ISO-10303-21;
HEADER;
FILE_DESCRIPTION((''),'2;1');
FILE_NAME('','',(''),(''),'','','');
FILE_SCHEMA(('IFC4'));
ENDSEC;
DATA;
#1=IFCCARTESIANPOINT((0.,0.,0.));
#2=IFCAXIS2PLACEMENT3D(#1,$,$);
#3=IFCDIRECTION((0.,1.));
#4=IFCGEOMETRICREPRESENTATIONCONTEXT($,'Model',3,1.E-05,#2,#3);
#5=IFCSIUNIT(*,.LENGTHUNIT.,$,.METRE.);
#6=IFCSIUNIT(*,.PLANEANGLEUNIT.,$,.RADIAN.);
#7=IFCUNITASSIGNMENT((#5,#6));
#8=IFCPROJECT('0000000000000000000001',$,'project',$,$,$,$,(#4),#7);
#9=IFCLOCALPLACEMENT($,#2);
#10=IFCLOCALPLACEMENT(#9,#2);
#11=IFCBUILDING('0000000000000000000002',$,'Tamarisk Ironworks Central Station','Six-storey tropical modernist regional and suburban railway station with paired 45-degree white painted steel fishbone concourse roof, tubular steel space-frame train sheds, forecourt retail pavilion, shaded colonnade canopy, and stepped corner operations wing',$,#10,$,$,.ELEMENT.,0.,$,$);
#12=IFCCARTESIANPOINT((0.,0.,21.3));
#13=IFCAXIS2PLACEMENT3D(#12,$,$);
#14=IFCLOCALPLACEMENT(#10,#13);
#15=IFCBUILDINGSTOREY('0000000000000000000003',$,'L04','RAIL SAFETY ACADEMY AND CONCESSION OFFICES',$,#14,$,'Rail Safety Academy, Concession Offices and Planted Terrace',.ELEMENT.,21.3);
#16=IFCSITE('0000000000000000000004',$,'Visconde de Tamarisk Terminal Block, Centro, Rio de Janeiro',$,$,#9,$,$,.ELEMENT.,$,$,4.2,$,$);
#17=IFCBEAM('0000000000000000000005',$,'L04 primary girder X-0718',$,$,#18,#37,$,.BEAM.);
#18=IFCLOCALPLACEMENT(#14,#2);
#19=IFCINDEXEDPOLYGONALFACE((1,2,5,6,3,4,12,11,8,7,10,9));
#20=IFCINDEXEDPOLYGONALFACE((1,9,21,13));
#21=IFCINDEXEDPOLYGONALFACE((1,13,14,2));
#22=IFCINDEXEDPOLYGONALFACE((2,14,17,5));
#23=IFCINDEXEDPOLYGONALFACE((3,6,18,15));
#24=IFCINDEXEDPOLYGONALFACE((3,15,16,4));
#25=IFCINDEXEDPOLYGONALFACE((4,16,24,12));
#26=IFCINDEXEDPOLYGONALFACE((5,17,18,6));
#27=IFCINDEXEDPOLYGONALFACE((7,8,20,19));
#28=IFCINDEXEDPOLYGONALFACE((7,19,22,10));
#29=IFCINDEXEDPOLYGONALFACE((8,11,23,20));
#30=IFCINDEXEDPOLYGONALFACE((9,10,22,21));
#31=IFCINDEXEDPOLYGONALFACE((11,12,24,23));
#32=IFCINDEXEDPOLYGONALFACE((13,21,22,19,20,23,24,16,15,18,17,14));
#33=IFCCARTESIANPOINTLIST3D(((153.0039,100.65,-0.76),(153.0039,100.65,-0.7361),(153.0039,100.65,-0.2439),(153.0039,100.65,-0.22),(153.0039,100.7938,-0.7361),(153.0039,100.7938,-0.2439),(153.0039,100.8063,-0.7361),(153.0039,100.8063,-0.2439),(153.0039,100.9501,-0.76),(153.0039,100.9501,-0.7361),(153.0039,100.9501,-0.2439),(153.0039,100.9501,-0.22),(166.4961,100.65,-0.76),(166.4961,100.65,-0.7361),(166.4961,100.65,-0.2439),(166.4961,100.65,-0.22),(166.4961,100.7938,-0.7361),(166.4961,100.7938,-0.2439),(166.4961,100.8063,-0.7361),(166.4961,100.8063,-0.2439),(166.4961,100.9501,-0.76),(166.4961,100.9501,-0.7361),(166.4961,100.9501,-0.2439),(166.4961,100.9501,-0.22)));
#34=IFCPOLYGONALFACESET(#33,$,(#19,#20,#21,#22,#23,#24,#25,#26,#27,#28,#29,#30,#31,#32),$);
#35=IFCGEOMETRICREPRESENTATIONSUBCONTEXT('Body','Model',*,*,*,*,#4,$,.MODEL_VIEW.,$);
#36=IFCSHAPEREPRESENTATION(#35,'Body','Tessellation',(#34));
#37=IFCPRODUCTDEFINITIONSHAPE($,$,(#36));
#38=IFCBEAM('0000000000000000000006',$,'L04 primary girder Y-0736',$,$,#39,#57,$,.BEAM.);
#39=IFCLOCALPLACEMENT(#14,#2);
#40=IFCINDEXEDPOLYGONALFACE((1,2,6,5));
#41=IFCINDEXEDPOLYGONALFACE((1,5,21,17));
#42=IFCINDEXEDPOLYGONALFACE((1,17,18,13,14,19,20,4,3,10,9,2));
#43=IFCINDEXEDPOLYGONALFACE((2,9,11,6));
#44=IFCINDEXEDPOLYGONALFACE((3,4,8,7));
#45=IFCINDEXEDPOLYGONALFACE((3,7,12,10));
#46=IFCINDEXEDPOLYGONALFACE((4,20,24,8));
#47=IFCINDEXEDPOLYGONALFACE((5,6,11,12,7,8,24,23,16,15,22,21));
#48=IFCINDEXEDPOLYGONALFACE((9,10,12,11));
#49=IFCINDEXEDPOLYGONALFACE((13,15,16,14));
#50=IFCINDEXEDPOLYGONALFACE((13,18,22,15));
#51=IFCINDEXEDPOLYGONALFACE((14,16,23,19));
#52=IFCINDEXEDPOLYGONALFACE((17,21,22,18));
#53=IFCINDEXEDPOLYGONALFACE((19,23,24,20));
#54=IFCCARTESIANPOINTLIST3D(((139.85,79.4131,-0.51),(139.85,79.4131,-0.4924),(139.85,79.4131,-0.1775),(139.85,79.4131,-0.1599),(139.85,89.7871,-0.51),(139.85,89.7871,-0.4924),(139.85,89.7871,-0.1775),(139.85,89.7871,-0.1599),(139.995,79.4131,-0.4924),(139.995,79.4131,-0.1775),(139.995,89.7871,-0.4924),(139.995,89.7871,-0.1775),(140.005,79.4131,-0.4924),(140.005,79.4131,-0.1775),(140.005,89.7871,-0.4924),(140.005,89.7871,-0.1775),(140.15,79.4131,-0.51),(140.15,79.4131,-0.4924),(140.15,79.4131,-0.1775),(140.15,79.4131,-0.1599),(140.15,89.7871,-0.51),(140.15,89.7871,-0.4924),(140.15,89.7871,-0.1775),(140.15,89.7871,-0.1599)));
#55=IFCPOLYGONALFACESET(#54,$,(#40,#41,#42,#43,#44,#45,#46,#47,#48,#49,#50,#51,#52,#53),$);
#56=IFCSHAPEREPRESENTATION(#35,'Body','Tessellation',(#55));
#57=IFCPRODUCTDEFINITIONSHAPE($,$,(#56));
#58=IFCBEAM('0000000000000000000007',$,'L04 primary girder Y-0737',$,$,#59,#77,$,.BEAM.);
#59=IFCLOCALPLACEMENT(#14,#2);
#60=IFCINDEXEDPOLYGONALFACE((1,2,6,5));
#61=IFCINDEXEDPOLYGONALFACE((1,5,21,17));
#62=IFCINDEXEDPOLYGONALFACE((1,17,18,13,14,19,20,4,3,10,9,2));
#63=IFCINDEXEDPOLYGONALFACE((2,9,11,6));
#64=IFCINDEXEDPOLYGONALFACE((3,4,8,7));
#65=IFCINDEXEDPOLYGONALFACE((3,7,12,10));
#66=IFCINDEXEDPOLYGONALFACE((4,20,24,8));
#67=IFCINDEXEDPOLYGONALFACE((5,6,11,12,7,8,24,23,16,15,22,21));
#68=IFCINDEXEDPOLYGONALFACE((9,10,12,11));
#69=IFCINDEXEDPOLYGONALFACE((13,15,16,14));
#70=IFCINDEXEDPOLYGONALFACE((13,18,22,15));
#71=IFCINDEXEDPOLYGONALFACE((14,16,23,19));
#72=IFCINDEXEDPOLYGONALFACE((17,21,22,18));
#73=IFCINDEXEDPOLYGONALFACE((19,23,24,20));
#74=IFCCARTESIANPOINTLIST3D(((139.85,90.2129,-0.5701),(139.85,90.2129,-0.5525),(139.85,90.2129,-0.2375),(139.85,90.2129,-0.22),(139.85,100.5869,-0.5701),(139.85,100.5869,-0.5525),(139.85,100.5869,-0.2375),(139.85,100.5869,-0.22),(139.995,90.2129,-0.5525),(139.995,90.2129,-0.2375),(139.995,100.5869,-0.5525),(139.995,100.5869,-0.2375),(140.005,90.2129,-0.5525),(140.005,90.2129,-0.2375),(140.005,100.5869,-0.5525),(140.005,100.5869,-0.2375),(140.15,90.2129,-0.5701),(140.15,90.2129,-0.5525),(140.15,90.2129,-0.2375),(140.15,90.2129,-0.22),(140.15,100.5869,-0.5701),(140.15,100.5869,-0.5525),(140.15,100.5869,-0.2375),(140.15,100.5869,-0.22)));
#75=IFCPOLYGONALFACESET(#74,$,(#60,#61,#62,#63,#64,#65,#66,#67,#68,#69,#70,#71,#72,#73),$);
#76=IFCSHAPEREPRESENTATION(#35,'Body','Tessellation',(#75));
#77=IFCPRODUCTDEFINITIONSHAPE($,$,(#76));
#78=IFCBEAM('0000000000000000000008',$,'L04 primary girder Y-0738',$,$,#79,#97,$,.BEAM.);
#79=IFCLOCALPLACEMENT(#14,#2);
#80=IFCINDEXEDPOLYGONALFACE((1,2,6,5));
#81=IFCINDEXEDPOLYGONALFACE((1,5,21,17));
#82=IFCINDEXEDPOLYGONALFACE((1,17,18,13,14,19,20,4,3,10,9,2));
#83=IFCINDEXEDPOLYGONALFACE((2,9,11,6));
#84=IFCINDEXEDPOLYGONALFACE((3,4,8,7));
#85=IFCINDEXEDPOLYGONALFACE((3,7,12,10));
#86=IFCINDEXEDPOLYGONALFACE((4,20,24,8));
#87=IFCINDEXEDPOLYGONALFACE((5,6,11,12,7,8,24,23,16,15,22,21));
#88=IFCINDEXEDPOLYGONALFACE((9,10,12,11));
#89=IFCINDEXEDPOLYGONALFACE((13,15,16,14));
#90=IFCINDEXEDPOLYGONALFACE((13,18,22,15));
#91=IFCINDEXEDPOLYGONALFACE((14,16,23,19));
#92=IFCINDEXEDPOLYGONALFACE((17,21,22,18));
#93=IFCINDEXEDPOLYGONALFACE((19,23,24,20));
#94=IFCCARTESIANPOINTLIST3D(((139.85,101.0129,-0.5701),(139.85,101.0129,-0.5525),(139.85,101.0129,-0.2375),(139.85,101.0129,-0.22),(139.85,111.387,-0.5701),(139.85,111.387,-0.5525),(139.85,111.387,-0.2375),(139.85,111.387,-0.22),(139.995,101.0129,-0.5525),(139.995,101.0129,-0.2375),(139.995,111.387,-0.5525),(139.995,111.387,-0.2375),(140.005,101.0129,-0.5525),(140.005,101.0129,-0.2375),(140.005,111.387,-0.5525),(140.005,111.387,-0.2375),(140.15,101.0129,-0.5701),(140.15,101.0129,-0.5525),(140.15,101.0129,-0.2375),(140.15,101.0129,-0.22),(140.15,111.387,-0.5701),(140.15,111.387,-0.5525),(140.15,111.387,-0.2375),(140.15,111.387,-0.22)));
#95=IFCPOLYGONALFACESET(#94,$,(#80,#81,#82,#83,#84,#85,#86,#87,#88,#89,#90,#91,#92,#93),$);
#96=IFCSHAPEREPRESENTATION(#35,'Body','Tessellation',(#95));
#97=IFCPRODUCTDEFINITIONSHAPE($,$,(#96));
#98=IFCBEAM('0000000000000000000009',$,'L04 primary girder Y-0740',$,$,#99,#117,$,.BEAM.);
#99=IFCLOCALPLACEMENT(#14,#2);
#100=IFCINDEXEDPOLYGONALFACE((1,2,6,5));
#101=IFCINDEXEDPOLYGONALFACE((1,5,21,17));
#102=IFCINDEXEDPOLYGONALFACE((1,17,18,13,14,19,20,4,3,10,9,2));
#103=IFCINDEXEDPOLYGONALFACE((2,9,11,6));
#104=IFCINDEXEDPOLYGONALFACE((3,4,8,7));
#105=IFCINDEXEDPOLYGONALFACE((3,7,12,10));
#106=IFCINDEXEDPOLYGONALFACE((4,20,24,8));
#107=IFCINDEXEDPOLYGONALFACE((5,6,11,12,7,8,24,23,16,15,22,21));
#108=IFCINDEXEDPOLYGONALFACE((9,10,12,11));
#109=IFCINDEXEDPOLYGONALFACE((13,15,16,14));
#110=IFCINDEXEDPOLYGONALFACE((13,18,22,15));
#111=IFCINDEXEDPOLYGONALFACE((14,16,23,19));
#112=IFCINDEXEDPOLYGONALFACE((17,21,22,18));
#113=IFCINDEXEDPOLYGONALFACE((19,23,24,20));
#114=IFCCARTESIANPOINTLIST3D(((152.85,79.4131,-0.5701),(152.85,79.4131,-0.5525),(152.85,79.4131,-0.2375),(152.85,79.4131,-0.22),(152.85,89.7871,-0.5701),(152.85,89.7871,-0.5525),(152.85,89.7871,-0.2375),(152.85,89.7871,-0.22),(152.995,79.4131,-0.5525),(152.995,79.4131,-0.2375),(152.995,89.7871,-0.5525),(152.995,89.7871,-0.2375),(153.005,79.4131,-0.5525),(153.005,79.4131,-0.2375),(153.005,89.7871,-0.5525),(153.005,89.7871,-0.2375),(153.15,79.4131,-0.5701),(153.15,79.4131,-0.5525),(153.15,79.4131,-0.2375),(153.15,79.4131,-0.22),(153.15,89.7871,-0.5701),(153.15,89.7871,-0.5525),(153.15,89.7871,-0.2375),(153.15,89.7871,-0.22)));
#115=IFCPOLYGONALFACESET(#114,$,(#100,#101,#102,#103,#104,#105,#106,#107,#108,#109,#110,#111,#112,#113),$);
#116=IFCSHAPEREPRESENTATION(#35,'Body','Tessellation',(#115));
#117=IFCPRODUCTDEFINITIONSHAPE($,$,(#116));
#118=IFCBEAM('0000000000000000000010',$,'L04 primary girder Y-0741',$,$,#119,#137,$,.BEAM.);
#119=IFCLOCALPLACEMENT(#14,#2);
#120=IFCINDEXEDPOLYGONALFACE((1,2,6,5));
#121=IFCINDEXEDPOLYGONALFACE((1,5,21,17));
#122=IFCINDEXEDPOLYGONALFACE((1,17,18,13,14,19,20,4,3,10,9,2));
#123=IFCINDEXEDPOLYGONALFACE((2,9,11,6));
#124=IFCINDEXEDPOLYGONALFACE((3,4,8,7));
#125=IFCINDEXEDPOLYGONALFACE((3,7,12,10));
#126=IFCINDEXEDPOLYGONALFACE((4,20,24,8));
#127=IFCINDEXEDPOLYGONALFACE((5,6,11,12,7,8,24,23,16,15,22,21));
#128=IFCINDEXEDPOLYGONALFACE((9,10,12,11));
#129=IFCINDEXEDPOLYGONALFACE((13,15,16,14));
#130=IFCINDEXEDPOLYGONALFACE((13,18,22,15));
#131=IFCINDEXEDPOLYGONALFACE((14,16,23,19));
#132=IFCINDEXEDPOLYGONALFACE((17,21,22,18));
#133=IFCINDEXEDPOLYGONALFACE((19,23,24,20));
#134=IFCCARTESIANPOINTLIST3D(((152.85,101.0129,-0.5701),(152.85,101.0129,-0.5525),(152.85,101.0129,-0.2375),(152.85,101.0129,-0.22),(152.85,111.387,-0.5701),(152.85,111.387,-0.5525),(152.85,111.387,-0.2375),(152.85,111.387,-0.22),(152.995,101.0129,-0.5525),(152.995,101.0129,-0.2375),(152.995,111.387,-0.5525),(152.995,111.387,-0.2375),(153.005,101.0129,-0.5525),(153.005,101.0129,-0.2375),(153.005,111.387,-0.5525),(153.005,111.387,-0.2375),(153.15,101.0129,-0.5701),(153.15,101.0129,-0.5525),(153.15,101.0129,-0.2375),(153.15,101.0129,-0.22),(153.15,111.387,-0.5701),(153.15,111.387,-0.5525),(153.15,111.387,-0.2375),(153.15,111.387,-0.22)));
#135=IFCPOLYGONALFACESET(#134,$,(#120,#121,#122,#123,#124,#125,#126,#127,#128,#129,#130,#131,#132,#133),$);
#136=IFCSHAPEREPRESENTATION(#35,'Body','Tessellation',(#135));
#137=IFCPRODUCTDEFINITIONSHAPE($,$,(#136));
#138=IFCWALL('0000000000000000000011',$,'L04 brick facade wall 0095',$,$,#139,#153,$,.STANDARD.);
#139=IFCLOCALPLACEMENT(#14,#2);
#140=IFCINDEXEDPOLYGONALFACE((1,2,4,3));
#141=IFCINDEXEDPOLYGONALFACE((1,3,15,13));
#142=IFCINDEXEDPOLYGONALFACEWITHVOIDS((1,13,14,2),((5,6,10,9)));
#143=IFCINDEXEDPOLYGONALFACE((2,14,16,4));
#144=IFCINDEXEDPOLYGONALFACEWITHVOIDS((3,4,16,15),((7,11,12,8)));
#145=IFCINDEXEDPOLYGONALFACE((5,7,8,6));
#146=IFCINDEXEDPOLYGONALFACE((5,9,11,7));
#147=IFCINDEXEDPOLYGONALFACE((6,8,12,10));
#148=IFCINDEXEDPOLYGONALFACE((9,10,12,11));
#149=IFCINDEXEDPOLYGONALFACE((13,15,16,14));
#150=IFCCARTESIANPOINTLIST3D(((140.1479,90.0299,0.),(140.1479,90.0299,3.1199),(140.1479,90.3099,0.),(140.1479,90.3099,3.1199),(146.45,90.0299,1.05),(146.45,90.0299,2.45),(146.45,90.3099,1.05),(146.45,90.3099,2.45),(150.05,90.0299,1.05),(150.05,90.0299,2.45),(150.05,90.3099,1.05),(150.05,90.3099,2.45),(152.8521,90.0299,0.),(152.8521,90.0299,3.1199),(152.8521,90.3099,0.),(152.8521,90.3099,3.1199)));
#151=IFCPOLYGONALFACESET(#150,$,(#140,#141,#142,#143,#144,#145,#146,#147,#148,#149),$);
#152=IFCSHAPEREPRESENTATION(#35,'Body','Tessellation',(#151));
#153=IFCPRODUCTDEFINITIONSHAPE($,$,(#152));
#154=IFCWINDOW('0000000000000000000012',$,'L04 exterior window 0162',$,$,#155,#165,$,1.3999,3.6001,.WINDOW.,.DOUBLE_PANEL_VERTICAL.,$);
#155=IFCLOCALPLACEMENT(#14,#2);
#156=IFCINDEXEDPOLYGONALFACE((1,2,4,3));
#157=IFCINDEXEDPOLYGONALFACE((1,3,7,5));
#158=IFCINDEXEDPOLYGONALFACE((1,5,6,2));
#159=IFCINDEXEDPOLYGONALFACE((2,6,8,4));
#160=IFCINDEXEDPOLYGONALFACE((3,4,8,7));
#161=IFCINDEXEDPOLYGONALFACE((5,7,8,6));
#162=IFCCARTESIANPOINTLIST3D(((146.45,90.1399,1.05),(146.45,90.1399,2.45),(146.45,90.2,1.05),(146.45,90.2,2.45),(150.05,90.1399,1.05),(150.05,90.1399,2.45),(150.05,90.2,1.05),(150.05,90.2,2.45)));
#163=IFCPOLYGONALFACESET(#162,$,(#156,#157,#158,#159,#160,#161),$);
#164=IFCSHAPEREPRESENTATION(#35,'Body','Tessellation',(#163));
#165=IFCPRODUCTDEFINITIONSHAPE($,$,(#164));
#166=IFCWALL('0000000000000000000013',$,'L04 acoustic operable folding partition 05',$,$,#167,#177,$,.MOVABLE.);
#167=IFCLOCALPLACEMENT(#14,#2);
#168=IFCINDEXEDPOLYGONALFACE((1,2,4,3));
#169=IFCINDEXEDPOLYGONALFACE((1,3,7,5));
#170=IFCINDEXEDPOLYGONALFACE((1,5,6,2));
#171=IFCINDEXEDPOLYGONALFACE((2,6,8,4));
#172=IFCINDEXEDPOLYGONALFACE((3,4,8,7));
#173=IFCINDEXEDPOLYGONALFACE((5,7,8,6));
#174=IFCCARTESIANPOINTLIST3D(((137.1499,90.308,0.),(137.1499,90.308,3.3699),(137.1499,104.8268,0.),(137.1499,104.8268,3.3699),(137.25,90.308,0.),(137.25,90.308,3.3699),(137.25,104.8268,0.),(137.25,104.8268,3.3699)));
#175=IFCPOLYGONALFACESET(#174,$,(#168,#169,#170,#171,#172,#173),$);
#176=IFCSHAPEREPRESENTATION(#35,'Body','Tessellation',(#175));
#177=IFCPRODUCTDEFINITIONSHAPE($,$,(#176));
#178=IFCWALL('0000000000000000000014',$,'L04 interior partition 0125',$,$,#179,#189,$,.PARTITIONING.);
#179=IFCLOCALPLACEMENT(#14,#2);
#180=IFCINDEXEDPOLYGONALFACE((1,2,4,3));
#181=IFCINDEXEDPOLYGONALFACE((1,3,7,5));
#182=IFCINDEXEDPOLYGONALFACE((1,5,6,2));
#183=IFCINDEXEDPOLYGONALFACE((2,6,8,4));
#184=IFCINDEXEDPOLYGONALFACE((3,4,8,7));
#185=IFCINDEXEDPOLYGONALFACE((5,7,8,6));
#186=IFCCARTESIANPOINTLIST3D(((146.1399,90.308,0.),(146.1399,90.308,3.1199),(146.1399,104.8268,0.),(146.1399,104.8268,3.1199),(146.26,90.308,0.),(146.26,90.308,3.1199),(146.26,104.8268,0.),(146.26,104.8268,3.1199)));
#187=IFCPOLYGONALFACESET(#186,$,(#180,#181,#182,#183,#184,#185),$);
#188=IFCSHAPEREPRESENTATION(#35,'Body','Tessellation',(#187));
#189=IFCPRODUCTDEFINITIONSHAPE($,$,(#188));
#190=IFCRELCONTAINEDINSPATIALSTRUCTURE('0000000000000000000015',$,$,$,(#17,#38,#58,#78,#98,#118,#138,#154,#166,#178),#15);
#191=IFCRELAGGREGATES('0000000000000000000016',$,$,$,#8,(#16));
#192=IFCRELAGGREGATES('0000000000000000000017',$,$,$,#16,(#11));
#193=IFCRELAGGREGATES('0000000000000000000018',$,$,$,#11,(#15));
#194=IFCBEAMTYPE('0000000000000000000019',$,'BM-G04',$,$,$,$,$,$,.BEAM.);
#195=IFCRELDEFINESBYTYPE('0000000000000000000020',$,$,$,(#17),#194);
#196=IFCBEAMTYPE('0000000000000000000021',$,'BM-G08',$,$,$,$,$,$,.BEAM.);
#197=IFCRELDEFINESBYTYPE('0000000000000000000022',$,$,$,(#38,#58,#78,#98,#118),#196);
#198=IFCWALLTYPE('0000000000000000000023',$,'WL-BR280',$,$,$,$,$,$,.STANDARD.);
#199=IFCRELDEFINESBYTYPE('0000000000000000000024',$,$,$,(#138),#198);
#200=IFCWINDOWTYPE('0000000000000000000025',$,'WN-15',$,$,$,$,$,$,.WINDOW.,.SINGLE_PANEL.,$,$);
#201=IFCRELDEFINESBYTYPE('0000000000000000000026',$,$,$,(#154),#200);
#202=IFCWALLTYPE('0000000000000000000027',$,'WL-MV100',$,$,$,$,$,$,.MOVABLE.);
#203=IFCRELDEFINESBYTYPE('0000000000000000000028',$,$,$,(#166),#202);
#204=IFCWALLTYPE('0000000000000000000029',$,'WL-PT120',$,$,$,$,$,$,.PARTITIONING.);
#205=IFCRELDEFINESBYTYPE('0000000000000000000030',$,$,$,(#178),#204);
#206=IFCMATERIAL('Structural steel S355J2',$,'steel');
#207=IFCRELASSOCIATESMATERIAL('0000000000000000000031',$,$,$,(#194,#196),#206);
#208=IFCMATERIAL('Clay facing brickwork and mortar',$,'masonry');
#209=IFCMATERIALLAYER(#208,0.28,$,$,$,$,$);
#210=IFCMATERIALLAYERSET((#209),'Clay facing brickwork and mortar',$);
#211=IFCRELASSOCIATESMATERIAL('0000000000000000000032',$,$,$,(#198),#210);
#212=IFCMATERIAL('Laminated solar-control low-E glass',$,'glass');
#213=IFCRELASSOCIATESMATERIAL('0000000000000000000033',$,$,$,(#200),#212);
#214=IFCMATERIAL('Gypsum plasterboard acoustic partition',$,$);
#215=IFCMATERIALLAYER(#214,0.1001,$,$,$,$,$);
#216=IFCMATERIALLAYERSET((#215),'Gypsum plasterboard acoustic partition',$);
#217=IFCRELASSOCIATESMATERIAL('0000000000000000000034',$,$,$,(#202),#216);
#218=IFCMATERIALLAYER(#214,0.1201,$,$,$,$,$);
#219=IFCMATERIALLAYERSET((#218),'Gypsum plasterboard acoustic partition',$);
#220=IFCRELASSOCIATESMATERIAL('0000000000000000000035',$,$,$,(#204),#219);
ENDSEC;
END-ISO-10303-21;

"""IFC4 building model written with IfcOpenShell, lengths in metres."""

from ifc_helpers import new_model, si_unit, direction, frame, frame_2d, origin, origin_2d, place, context, subcontext, project, spatial, rectangle, i_section, extrude, material, layer, layer_set, material_profile, profile_set, type_object, element, fill, save


model = new_model("IFC4")

# Units and contexts
model_context = context("Model", 3, precision=1e-05, world=origin(), true_north=direction((0.0, 1.0)))
body_context = subcontext(model_context, "Body", "Model", "MODEL_VIEW")
ifc_project = project(units=[si_unit("LENGTHUNIT", "METRE"), si_unit("PLANEANGLEUNIT", "RADIAN")], contexts=[model_context])

# Site, building, storey
site_placement = place(None, origin())
site = spatial("IfcSite", under=ifc_project, at=site_placement, Name="Visconde de Tamarisk Terminal Block, Centro, Rio de Janeiro", CompositionType="ELEMENT", RefElevation=4.2)
building_placement = place(site_placement, origin())
building = spatial("IfcBuilding", under=site, at=building_placement, Name="Tamarisk Ironworks Central Station", Description="Six-storey tropical modernist regional and suburban railway station with paired 45-degree white painted steel fishbone concourse roof, tubular steel space-frame train sheds, forecourt retail pavilion, shaded colonnade canopy, and stepped corner operations wing", CompositionType="ELEMENT", ElevationOfRefHeight=0.0)
storey_placement = place(building_placement, frame((0.0, 0.0, 21.3)))
storey = spatial("IfcBuildingStorey", under=building, at=storey_placement, Name="L04", Description="RAIL SAFETY ACADEMY AND CONCESSION OFFICES", LongName="Rail Safety Academy, Concession Offices and Planted Terrace", CompositionType="ELEMENT", Elevation=21.3)

# Shared definitions
ifc_material_1 = material(Name="Structural steel S355J2", Category="steel")

# Beams
ifc_material_profile_1 = material_profile(ifc_material_1, i_section(OverallWidth=0.3, OverallDepth=0.54, WebThickness=0.0125, FlangeThickness=0.0239, at=origin_2d()), Name="HEA 550")
ifc_profile_set_1 = profile_set([ifc_material_profile_1], Name="Structural steel S355J2")
beam_type_1 = type_object("IfcBeamType", Name="BM-G04", PredefinedType="BEAM", material=ifc_profile_set_1)
beam_1_placement = place(storey_placement, frame((153.0039, 100.8, -0.49), z_axis=(1.0, 0.0, 0.0), x_axis=(0.0, 1.0, 0.0)))
element("IfcBeam", 1, at=beam_1_placement, inside=storey, type_object=beam_type_1, Name="L04 primary girder X-0718", PredefinedType="BEAM", context=body_context, shape_type="SweptSolid", body=[
    extrude(i_section(OverallWidth=0.3, OverallDepth=0.54, WebThickness=0.0125, FlangeThickness=0.0239, at=origin_2d()), origin(), (0.0, 0.0, 1.0), 13.4922),
])
ifc_material_profile_2 = material_profile(ifc_material_1, i_section(OverallWidth=0.3, OverallDepth=0.3501, WebThickness=0.01, FlangeThickness=0.0176, at=origin_2d()), Name="HEA 360")
ifc_profile_set_2 = profile_set([ifc_material_profile_2], Name="Structural steel S355J2")
beam_type_2 = type_object("IfcBeamType", Name="BM-G08", PredefinedType="BEAM", material=ifc_profile_set_2)
for number, where, z_axis, x_axis, name in (
    (2, (140.0, 79.4131, -0.335), (0.0, 1.0, 0.0), (-1.0, 0.0, 0.0), "L04 primary girder Y-0736"),
    (3, (140.0, 90.2129, -0.395), (0.0, 1.0, 0.0), (-1.0, 0.0, 0.0), "L04 primary girder Y-0737"),
    (4, (140.0, 101.0129, -0.395), (0.0, 1.0, 0.0), (-1.0, 0.0, 0.0), "L04 primary girder Y-0738"),
    (5, (153.0, 79.4131, -0.395), (0.0, 1.0, 0.0), (-1.0, 0.0, 0.0), "L04 primary girder Y-0740"),
    (6, (153.0, 101.0129, -0.395), (0.0, 1.0, 0.0), (-1.0, 0.0, 0.0), "L04 primary girder Y-0741"),
):
    element("IfcBeam", number, at=place(storey_placement, frame(where, z_axis=z_axis, x_axis=x_axis)), inside=storey, type_object=beam_type_2, Name=name, PredefinedType="BEAM", context=body_context, shape_type="SweptSolid", body=[
        extrude(i_section(OverallWidth=0.3, OverallDepth=0.3501, WebThickness=0.01, FlangeThickness=0.0176, at=origin_2d()), origin(), (0.0, 0.0, 1.0), 10.374),
    ])

# Wall, opening, window
ifc_material_2 = material(Name="Clay facing brickwork and mortar", Category="masonry")
ifc_layer_1 = layer(ifc_material_2, 0.28)
ifc_layer_set_1 = layer_set([ifc_layer_1], Name="Clay facing brickwork and mortar")
wall_type_1 = type_object("IfcWallType", Name="WL-BR280", PredefinedType="STANDARD", material=ifc_layer_set_1)
wall_1_placement = place(storey_placement, frame((140.1479, 90.1699, 0.0), z_axis=(0.0, 0.0, 1.0), x_axis=(1.0, 0.0, 0.0)))
wall_1 = element("IfcWall", 7, at=wall_1_placement, inside=storey, type_object=wall_type_1, Name="L04 brick facade wall 0095", PredefinedType="STANDARD", context=body_context, shape_type="SweptSolid", body=[
    extrude(rectangle(XDim=12.7041, YDim=0.28, at=frame_2d((6.3521, 0.0))), origin(), (0.0, 0.0, 1.0), 3.1199),
])
opening_placement = place(wall_1_placement, frame((6.302, 0.0, 1.05)))
opening = element("IfcOpeningElement", 8, at=opening_placement, cuts=wall_1, PredefinedType="OPENING", context=body_context, shape_type="SweptSolid", body=[
    extrude(rectangle(XDim=3.6001, YDim=1.3999, at=frame_2d((1.8, 0.7))), frame((0.0, 0.1519, 0.0), z_axis=(0.0, -1.0, 0.0), x_axis=(1.0, 0.0, 0.0)), (0.0, 0.0, 1.0), 0.304),
])
ifc_material_3 = material(Name="Laminated solar-control low-E glass", Category="glass")
window_type = type_object("IfcWindowType", Name="WN-15", PartitioningType="SINGLE_PANEL", PredefinedType="WINDOW", material=ifc_material_3)
window_placement = place(opening_placement, origin())
window = element("IfcWindow", 9, at=window_placement, inside=storey, type_object=window_type, Name="L04 exterior window 0162", OverallHeight=1.3999, OverallWidth=3.6001, PartitioningType="DOUBLE_PANEL_VERTICAL", PredefinedType="WINDOW", context=body_context, shape_type="SweptSolid", body=[
    extrude(rectangle(XDim=3.6001, YDim=1.3999, at=frame_2d((1.8, 0.7))), frame((0.0, 0.03, 0.0), z_axis=(0.0, -1.0, 0.0), x_axis=(1.0, 0.0, 0.0)), (0.0, 0.0, 1.0), 0.0601),
])
fill(opening, window)

# Walls
ifc_material_4 = material(Name="Gypsum plasterboard acoustic partition")
ifc_layer_2 = layer(ifc_material_4, 0.1001)
ifc_layer_set_2 = layer_set([ifc_layer_2], Name="Gypsum plasterboard acoustic partition")
wall_type_2 = type_object("IfcWallType", Name="WL-MV100", PredefinedType="MOVABLE", material=ifc_layer_set_2)
wall_2_placement = place(storey_placement, frame((137.2, 90.3081, 0.0), z_axis=(0.0, 0.0, 1.0), x_axis=(0.0, 1.0, 0.0)))
element("IfcWall", 10, at=wall_2_placement, inside=storey, type_object=wall_type_2, Name="L04 acoustic operable folding partition 05", PredefinedType="MOVABLE", context=body_context, shape_type="SweptSolid", body=[
    extrude(rectangle(XDim=14.5188, YDim=0.1001, at=frame_2d((7.2593, 0.0))), origin(), (0.0, 0.0, 1.0), 3.3699),
])
ifc_layer_3 = layer(ifc_material_4, 0.1201)
ifc_layer_set_3 = layer_set([ifc_layer_3], Name="Gypsum plasterboard acoustic partition")
wall_type_3 = type_object("IfcWallType", Name="WL-PT120", PredefinedType="PARTITIONING", material=ifc_layer_set_3)
wall_3_placement = place(storey_placement, frame((146.2, 90.3081, 0.0), z_axis=(0.0, 0.0, 1.0), x_axis=(0.0, 1.0, 0.0)))
element("IfcWall", 11, at=wall_3_placement, inside=storey, type_object=wall_type_3, Name="L04 interior partition 0125", PredefinedType="PARTITIONING", context=body_context, shape_type="SweptSolid", body=[
    extrude(rectangle(XDim=14.5188, YDim=0.1201, at=frame_2d((7.2593, 0.0))), origin(), (0.0, 0.0, 1.0), 3.1199),
])

save(model, "model.ifc")
